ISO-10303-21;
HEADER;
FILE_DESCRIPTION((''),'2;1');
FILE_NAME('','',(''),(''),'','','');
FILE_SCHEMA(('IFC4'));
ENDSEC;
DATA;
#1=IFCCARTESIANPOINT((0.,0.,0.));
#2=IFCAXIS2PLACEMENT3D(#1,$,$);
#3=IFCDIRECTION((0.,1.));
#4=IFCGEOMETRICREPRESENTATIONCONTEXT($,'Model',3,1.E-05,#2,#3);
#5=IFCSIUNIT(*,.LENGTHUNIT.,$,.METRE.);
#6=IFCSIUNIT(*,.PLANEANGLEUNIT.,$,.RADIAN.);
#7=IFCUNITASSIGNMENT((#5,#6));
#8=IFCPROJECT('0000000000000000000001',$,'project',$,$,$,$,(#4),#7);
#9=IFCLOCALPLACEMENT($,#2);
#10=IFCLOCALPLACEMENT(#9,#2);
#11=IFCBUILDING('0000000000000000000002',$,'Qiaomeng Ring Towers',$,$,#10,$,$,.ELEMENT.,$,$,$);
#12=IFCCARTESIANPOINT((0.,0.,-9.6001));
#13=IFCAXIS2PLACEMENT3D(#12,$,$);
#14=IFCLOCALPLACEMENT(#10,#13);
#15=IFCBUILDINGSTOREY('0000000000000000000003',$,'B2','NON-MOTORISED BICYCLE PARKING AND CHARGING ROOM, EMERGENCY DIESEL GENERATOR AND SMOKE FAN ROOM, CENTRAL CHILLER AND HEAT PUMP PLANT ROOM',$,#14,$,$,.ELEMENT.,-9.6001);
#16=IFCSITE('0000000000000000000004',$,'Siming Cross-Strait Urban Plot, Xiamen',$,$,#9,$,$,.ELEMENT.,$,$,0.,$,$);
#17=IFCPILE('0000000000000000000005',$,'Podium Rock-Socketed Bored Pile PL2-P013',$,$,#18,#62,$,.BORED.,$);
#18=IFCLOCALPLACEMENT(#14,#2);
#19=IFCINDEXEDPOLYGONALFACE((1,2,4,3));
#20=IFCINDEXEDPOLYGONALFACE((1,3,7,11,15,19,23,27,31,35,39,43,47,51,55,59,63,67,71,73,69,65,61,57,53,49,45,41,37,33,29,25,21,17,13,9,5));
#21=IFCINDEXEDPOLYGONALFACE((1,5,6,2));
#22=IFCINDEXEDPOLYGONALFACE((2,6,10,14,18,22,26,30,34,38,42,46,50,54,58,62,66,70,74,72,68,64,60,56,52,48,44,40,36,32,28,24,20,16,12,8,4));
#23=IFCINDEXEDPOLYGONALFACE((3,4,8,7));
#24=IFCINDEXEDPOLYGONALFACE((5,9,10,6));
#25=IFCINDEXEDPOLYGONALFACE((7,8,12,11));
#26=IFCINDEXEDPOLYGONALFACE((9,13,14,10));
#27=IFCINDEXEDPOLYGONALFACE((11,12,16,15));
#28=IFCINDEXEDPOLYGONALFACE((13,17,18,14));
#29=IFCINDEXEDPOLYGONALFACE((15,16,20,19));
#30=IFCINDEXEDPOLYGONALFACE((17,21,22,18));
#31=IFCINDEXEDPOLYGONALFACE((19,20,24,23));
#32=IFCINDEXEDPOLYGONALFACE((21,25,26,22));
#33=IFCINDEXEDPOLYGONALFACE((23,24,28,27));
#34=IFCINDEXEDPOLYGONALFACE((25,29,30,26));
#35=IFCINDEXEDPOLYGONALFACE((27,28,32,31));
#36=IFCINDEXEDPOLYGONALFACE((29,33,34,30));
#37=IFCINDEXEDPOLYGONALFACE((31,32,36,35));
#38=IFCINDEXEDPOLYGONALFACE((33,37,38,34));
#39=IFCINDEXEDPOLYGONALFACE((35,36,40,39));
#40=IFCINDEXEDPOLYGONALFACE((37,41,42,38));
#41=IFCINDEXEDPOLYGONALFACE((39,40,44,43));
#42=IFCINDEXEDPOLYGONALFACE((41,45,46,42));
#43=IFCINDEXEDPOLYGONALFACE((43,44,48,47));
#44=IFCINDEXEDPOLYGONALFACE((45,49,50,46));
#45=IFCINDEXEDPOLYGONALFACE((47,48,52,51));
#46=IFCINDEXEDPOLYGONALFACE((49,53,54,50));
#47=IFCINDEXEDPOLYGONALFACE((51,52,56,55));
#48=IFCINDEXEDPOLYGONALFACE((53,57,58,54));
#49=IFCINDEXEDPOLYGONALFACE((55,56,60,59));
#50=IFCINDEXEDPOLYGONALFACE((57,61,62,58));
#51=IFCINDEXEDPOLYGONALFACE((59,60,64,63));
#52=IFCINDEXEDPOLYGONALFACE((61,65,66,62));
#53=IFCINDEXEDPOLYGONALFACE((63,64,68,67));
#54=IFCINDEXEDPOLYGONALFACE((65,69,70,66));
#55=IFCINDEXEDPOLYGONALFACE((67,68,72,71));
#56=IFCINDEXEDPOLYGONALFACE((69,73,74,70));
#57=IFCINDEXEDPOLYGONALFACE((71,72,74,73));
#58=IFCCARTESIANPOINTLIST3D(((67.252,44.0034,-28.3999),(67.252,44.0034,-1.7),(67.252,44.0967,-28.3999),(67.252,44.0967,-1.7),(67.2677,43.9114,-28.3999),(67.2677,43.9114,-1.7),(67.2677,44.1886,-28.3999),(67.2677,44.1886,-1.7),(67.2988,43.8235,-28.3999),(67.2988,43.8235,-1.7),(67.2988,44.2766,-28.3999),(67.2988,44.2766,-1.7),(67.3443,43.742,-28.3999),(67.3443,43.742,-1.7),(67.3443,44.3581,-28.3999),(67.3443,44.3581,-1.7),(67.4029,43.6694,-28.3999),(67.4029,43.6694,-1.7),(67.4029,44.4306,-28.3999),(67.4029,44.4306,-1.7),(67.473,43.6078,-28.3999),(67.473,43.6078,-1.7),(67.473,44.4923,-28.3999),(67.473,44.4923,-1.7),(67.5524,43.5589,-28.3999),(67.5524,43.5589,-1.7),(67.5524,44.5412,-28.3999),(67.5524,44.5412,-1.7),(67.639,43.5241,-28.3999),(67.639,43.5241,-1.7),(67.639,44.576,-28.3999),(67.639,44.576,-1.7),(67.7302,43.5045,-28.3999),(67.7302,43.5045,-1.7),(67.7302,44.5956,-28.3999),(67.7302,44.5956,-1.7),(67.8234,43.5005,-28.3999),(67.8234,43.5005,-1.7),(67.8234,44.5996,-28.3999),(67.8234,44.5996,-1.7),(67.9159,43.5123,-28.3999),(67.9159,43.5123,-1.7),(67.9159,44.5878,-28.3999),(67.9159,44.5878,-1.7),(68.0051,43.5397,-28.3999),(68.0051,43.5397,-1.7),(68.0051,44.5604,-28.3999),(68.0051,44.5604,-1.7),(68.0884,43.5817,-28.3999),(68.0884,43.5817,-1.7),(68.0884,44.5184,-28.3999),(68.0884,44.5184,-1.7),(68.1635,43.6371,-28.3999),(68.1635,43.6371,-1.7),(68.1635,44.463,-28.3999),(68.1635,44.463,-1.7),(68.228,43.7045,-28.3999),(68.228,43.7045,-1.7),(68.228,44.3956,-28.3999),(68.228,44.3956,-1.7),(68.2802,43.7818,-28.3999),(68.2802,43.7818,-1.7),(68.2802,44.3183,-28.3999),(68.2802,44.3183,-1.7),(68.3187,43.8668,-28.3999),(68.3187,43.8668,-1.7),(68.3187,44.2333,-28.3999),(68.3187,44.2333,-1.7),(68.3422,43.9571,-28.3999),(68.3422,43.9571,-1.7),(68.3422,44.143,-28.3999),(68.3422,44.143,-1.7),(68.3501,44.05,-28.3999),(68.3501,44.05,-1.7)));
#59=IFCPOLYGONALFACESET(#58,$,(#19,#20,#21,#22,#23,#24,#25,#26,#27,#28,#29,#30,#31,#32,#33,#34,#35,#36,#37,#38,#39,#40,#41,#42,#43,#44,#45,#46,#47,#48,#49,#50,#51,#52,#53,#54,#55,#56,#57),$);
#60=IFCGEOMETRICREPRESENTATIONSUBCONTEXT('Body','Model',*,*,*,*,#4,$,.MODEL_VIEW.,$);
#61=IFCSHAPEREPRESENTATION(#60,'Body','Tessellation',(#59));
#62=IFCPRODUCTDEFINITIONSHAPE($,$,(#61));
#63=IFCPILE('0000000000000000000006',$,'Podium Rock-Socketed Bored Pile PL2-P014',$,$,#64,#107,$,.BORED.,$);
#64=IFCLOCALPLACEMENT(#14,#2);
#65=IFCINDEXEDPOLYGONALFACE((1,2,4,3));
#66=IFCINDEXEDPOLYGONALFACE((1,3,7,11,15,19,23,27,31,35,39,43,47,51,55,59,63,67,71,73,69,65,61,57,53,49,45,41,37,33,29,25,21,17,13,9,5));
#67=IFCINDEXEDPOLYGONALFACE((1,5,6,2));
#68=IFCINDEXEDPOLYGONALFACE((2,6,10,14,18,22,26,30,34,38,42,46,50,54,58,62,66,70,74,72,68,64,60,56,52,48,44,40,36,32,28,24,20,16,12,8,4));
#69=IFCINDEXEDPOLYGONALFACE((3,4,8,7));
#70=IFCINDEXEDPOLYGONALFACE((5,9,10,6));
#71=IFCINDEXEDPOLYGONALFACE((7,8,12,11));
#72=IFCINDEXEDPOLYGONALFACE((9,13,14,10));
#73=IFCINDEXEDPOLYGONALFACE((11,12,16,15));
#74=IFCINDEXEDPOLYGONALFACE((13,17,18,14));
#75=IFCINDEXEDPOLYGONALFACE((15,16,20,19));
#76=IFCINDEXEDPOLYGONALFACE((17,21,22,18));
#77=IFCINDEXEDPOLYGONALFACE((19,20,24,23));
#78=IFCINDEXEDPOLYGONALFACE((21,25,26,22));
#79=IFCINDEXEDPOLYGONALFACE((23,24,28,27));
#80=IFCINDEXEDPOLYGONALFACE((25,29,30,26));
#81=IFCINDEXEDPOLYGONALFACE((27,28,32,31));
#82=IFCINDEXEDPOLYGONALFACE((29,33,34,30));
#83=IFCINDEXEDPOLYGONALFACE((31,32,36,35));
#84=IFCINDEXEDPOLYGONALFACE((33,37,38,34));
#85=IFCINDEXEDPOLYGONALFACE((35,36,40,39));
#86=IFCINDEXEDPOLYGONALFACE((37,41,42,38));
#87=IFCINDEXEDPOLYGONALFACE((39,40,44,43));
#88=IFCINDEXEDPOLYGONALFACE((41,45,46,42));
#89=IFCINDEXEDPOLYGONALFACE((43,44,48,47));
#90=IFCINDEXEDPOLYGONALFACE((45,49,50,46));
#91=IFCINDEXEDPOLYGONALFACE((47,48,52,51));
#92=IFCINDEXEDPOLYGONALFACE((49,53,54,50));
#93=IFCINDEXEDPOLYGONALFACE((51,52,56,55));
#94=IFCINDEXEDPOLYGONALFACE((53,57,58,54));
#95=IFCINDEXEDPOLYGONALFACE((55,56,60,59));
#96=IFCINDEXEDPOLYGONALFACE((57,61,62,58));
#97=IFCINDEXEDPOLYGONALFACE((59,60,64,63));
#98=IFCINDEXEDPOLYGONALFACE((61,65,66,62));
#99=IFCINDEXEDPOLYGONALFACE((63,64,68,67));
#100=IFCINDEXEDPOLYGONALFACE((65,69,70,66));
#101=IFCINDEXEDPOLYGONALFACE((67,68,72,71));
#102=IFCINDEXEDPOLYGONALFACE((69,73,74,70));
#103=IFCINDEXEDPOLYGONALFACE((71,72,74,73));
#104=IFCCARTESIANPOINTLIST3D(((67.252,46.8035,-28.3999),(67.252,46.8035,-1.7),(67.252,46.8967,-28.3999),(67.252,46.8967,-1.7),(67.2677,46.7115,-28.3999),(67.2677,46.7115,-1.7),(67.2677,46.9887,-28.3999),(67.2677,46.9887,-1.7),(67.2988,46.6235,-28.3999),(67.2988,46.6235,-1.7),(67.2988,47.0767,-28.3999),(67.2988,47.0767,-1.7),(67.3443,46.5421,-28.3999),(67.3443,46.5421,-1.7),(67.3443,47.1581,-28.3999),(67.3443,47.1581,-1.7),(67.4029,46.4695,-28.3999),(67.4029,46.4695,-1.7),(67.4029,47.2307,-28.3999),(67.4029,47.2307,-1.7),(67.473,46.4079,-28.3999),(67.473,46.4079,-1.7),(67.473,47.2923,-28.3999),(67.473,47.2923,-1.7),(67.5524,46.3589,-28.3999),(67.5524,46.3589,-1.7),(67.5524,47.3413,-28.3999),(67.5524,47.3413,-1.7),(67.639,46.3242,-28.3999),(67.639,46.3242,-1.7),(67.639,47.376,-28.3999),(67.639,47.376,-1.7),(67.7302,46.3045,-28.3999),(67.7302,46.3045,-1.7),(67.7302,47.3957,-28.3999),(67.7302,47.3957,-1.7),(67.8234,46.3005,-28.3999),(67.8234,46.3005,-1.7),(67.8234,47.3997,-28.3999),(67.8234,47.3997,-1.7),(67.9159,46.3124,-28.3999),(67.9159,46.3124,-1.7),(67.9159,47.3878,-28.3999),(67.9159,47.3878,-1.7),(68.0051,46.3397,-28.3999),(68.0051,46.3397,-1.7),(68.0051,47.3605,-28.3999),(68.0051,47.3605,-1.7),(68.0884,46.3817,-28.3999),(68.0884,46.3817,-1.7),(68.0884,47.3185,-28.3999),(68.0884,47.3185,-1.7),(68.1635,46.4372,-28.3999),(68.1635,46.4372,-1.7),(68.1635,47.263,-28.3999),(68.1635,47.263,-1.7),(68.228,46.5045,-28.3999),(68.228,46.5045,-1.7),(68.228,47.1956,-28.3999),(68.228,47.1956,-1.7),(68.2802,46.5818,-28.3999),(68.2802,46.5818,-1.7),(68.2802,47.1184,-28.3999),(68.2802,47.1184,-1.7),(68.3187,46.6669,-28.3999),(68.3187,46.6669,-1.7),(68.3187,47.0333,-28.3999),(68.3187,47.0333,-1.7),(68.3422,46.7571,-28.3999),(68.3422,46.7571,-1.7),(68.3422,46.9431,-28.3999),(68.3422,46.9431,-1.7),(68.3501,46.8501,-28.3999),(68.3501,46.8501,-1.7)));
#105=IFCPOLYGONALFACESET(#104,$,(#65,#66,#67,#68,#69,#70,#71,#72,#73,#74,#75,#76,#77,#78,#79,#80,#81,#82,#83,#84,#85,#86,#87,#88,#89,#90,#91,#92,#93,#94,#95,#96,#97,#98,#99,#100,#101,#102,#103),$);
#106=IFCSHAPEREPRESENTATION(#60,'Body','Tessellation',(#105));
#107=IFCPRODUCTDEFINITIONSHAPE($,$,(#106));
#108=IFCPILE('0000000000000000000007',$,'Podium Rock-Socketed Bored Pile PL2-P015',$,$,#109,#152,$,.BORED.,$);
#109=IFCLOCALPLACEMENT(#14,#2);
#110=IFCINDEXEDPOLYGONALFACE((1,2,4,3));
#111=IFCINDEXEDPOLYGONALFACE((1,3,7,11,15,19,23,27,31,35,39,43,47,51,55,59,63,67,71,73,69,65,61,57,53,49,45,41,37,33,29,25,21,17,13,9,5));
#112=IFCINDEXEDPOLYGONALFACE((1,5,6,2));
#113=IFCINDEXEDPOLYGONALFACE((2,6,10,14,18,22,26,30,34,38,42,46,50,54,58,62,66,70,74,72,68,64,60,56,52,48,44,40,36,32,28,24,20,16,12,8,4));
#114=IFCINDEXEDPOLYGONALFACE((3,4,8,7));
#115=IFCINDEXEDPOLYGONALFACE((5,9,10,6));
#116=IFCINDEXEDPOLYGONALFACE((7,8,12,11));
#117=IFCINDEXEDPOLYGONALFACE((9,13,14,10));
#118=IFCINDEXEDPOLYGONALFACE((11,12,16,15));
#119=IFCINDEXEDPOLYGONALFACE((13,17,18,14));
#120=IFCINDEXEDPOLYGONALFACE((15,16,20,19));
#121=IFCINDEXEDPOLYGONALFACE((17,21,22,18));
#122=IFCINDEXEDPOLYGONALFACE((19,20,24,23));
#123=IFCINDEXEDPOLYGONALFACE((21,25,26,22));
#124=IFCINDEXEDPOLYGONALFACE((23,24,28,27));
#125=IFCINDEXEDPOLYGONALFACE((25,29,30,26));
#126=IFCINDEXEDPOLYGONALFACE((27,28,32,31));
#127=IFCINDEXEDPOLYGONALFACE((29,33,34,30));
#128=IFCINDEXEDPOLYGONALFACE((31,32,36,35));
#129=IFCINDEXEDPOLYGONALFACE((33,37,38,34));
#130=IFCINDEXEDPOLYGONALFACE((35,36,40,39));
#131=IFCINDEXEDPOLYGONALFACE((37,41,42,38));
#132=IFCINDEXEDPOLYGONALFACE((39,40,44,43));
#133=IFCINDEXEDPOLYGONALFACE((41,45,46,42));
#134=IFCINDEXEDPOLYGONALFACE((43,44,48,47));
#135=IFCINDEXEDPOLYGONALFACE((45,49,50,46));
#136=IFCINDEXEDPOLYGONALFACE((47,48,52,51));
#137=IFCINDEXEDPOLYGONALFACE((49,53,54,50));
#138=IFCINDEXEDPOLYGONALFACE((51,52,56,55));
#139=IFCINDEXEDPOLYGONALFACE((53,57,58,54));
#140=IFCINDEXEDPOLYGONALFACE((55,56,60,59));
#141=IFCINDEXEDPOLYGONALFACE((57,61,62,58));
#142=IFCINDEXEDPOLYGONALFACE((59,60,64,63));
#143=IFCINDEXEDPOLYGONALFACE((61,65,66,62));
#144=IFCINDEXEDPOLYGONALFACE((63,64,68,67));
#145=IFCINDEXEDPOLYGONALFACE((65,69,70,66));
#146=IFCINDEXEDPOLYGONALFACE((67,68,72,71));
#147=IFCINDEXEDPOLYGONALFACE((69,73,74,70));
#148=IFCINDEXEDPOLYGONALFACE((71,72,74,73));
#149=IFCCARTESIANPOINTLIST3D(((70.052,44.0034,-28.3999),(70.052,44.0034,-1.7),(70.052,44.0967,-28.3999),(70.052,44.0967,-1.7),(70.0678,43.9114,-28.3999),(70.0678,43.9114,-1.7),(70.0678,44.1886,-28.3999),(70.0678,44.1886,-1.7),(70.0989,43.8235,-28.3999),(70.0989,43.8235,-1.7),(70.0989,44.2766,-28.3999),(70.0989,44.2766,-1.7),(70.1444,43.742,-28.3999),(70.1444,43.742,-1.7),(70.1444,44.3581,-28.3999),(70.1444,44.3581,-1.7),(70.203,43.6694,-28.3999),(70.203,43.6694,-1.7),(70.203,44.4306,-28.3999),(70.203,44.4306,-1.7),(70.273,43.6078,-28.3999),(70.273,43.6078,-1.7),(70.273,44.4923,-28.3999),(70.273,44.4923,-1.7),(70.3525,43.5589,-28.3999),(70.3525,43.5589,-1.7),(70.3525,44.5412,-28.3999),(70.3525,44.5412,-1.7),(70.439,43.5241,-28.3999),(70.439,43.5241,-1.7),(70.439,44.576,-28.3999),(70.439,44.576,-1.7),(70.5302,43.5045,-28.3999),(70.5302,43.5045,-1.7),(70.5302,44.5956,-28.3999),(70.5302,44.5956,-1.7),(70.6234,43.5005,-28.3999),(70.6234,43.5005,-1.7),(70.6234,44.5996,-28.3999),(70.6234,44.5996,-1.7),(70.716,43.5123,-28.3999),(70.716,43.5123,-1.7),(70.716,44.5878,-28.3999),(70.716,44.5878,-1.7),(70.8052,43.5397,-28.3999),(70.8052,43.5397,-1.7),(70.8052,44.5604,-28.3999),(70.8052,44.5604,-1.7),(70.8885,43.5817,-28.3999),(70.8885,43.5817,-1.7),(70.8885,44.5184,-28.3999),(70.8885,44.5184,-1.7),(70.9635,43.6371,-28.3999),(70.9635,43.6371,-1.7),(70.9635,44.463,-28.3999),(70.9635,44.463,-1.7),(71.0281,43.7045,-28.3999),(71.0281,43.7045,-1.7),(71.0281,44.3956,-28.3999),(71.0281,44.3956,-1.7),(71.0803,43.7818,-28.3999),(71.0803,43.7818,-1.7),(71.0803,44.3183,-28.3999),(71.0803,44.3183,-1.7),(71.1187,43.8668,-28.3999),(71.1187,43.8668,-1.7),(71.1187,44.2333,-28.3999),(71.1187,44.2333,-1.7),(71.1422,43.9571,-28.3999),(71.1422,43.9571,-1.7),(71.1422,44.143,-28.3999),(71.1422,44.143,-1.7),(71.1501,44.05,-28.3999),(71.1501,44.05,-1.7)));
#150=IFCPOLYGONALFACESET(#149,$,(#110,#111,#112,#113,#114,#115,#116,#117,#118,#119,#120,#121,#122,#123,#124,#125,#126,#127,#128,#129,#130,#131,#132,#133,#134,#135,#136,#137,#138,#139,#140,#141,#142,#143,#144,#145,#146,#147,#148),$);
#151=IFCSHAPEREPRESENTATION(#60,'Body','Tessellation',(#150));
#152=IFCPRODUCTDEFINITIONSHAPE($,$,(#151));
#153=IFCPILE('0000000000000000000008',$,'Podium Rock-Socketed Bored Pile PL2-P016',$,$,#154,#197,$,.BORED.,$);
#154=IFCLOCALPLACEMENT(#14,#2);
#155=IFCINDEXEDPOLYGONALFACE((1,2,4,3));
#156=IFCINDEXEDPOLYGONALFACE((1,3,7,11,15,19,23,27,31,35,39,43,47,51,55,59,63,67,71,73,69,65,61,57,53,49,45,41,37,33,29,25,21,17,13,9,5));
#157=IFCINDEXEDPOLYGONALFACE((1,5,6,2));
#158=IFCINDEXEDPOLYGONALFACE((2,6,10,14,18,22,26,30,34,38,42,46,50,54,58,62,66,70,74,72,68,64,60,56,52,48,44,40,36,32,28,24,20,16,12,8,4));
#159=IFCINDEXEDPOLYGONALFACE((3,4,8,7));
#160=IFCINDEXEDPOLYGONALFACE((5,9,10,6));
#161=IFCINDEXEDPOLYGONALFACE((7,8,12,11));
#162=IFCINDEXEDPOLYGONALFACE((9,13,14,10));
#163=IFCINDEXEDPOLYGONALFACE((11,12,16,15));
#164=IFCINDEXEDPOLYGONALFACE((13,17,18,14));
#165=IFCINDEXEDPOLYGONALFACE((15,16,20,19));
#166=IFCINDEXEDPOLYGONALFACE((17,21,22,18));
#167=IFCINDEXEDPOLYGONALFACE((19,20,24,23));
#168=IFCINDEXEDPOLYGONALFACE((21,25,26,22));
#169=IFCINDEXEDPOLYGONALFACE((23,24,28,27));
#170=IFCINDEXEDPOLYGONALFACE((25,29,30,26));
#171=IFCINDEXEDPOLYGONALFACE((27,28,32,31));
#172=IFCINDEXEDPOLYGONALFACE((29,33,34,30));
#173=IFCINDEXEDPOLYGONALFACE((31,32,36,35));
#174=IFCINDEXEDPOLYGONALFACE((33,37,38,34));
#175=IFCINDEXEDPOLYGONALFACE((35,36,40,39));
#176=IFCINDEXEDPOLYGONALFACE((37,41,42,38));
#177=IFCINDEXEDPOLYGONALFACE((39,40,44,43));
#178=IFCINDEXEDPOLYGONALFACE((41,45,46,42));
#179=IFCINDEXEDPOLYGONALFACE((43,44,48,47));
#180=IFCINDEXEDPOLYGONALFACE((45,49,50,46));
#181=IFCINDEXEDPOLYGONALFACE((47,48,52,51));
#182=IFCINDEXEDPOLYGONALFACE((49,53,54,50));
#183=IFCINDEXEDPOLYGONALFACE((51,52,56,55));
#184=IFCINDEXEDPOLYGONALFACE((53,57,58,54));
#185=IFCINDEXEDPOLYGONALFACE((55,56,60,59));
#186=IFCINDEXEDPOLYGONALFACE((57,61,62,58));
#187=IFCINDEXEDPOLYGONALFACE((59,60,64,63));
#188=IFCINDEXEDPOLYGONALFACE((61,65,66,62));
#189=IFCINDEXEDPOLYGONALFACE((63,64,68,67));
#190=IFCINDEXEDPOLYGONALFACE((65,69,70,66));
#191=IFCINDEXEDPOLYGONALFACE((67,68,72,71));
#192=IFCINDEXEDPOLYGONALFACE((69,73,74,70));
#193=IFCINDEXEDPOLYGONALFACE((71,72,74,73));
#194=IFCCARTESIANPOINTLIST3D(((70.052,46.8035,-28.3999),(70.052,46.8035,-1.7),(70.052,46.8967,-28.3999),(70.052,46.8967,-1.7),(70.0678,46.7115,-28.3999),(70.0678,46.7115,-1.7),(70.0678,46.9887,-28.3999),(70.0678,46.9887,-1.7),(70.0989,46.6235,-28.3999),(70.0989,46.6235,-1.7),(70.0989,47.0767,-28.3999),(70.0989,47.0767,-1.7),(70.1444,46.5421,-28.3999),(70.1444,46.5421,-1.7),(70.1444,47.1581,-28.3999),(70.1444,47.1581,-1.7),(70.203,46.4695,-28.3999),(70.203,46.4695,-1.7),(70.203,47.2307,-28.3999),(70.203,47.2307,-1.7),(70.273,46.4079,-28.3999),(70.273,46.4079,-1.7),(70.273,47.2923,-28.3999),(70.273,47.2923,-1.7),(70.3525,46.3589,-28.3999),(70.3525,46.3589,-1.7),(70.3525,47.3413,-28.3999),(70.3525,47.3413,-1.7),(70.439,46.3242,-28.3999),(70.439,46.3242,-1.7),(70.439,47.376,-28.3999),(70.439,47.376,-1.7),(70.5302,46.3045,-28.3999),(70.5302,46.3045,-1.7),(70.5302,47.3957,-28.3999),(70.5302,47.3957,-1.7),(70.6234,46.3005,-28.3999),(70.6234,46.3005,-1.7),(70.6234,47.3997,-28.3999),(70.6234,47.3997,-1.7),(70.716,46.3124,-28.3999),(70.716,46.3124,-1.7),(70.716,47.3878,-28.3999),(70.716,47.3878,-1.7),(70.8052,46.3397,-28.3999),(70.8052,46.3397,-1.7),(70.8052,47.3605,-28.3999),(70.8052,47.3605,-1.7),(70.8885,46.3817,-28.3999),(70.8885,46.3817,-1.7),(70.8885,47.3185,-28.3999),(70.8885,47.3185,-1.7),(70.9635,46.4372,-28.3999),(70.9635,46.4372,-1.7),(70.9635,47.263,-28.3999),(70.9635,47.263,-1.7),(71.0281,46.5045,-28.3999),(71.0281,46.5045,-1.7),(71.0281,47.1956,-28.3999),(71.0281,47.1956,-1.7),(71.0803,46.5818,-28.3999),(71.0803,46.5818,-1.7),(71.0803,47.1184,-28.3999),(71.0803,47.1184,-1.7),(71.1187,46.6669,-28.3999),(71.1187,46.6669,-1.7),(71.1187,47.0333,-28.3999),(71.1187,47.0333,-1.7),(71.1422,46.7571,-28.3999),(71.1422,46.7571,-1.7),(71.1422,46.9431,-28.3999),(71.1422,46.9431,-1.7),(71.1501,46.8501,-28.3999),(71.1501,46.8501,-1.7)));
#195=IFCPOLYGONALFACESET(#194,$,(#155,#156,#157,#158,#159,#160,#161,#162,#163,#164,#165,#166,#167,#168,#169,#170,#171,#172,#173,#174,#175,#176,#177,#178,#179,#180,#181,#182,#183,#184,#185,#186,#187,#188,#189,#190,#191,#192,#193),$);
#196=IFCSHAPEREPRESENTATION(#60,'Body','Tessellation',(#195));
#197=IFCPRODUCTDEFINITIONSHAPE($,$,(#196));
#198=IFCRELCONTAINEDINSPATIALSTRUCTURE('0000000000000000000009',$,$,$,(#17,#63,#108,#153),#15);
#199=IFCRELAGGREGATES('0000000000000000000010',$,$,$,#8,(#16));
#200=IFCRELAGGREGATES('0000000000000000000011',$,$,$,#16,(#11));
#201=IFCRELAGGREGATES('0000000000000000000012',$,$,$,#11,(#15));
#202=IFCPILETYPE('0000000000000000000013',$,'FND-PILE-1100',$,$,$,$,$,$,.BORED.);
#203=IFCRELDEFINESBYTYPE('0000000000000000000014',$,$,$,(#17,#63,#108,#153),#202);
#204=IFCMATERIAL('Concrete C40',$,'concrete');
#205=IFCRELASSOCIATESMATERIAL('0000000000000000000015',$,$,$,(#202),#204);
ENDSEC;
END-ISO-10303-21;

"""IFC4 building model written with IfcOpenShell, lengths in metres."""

from ifc_helpers import new_model, si_unit, direction, frame, origin, origin_2d, place, context, subcontext, project, spatial, circle, extrude, source, transform, mapped, material, material_profile, profile_set, type_object, element, save


model = new_model("IFC4")

# Units and contexts
model_context = context("Model", 3, precision=1e-05, world=origin(), true_north=direction((0.0, 1.0)))
body_context = subcontext(model_context, "Body", "Model", "MODEL_VIEW")
ifc_project = project(units=[si_unit("LENGTHUNIT", "METRE"), si_unit("PLANEANGLEUNIT", "RADIAN")], contexts=[model_context])

# Site, building, storey
site_placement = place(None, origin())
site = spatial("IfcSite", under=ifc_project, at=site_placement, Name="Siming Cross-Strait Urban Plot, Xiamen", CompositionType="ELEMENT", RefElevation=0.0)
building_placement = place(site_placement, origin())
building = spatial("IfcBuilding", under=site, at=building_placement, Name="Qiaomeng Ring Towers", CompositionType="ELEMENT")
storey_placement = place(building_placement, frame((0.0, 0.0, -9.6001)))
storey = spatial("IfcBuildingStorey", under=building, at=storey_placement, Name="B2", Description="NON-MOTORISED BICYCLE PARKING AND CHARGING ROOM, EMERGENCY DIESEL GENERATOR AND SMOKE FAN ROOM, CENTRAL CHILLER AND HEAT PUMP PLANT ROOM", CompositionType="ELEMENT", Elevation=-9.6001)

# Piles
ifc_material_1 = material(Name="Concrete C40", Category="concrete")
ifc_material_profile_1 = material_profile(ifc_material_1, circle(Radius=0.55, at=origin_2d()), Name="BORED PILE 1100")
ifc_profile_set_1 = profile_set([ifc_material_profile_1], Name="Concrete C40")
pile_type = type_object("IfcPileType", Name="FND-PILE-1100", PredefinedType="BORED", material=ifc_profile_set_1)
shared_shape_1 = source(origin(), body_context, "Body", "SweptSolid", [
    extrude(circle(Radius=0.55, at=origin_2d()), origin(), (0.0, 0.0, 1.0), 26.7),
])
for number, where, z_axis, x_axis, name in (
    (1, (67.8, 44.05, -1.7), (0.0, 0.0, -1.0), (1.0, 0.0, 0.0), "Podium Rock-Socketed Bored Pile PL2-P013"),
    (2, (67.8, 46.8501, -1.7), (0.0, 0.0, -1.0), (1.0, 0.0, 0.0), "Podium Rock-Socketed Bored Pile PL2-P014"),
    (3, (70.6001, 44.05, -1.7), (0.0, 0.0, -1.0), (1.0, 0.0, 0.0), "Podium Rock-Socketed Bored Pile PL2-P015"),
    (4, (70.6001, 46.8501, -1.7), (0.0, 0.0, -1.0), (1.0, 0.0, 0.0), "Podium Rock-Socketed Bored Pile PL2-P016"),
):
    element("IfcPile", number, at=place(storey_placement, frame(where, z_axis=z_axis, x_axis=x_axis)), inside=storey, type_object=pile_type, Name=name, PredefinedType="BORED", context=body_context, shape_type="MappedRepresentation", body=[
        mapped(shared_shape_1, transform((0.0, 0.0, 0.0), x_axis=(1.0, 0.0, 0.0), y_axis=(0.0, 1.0, 0.0), z_axis=(0.0, 0.0, 1.0), scale=1.0)),
    ])

save(model, "model.ifc")
